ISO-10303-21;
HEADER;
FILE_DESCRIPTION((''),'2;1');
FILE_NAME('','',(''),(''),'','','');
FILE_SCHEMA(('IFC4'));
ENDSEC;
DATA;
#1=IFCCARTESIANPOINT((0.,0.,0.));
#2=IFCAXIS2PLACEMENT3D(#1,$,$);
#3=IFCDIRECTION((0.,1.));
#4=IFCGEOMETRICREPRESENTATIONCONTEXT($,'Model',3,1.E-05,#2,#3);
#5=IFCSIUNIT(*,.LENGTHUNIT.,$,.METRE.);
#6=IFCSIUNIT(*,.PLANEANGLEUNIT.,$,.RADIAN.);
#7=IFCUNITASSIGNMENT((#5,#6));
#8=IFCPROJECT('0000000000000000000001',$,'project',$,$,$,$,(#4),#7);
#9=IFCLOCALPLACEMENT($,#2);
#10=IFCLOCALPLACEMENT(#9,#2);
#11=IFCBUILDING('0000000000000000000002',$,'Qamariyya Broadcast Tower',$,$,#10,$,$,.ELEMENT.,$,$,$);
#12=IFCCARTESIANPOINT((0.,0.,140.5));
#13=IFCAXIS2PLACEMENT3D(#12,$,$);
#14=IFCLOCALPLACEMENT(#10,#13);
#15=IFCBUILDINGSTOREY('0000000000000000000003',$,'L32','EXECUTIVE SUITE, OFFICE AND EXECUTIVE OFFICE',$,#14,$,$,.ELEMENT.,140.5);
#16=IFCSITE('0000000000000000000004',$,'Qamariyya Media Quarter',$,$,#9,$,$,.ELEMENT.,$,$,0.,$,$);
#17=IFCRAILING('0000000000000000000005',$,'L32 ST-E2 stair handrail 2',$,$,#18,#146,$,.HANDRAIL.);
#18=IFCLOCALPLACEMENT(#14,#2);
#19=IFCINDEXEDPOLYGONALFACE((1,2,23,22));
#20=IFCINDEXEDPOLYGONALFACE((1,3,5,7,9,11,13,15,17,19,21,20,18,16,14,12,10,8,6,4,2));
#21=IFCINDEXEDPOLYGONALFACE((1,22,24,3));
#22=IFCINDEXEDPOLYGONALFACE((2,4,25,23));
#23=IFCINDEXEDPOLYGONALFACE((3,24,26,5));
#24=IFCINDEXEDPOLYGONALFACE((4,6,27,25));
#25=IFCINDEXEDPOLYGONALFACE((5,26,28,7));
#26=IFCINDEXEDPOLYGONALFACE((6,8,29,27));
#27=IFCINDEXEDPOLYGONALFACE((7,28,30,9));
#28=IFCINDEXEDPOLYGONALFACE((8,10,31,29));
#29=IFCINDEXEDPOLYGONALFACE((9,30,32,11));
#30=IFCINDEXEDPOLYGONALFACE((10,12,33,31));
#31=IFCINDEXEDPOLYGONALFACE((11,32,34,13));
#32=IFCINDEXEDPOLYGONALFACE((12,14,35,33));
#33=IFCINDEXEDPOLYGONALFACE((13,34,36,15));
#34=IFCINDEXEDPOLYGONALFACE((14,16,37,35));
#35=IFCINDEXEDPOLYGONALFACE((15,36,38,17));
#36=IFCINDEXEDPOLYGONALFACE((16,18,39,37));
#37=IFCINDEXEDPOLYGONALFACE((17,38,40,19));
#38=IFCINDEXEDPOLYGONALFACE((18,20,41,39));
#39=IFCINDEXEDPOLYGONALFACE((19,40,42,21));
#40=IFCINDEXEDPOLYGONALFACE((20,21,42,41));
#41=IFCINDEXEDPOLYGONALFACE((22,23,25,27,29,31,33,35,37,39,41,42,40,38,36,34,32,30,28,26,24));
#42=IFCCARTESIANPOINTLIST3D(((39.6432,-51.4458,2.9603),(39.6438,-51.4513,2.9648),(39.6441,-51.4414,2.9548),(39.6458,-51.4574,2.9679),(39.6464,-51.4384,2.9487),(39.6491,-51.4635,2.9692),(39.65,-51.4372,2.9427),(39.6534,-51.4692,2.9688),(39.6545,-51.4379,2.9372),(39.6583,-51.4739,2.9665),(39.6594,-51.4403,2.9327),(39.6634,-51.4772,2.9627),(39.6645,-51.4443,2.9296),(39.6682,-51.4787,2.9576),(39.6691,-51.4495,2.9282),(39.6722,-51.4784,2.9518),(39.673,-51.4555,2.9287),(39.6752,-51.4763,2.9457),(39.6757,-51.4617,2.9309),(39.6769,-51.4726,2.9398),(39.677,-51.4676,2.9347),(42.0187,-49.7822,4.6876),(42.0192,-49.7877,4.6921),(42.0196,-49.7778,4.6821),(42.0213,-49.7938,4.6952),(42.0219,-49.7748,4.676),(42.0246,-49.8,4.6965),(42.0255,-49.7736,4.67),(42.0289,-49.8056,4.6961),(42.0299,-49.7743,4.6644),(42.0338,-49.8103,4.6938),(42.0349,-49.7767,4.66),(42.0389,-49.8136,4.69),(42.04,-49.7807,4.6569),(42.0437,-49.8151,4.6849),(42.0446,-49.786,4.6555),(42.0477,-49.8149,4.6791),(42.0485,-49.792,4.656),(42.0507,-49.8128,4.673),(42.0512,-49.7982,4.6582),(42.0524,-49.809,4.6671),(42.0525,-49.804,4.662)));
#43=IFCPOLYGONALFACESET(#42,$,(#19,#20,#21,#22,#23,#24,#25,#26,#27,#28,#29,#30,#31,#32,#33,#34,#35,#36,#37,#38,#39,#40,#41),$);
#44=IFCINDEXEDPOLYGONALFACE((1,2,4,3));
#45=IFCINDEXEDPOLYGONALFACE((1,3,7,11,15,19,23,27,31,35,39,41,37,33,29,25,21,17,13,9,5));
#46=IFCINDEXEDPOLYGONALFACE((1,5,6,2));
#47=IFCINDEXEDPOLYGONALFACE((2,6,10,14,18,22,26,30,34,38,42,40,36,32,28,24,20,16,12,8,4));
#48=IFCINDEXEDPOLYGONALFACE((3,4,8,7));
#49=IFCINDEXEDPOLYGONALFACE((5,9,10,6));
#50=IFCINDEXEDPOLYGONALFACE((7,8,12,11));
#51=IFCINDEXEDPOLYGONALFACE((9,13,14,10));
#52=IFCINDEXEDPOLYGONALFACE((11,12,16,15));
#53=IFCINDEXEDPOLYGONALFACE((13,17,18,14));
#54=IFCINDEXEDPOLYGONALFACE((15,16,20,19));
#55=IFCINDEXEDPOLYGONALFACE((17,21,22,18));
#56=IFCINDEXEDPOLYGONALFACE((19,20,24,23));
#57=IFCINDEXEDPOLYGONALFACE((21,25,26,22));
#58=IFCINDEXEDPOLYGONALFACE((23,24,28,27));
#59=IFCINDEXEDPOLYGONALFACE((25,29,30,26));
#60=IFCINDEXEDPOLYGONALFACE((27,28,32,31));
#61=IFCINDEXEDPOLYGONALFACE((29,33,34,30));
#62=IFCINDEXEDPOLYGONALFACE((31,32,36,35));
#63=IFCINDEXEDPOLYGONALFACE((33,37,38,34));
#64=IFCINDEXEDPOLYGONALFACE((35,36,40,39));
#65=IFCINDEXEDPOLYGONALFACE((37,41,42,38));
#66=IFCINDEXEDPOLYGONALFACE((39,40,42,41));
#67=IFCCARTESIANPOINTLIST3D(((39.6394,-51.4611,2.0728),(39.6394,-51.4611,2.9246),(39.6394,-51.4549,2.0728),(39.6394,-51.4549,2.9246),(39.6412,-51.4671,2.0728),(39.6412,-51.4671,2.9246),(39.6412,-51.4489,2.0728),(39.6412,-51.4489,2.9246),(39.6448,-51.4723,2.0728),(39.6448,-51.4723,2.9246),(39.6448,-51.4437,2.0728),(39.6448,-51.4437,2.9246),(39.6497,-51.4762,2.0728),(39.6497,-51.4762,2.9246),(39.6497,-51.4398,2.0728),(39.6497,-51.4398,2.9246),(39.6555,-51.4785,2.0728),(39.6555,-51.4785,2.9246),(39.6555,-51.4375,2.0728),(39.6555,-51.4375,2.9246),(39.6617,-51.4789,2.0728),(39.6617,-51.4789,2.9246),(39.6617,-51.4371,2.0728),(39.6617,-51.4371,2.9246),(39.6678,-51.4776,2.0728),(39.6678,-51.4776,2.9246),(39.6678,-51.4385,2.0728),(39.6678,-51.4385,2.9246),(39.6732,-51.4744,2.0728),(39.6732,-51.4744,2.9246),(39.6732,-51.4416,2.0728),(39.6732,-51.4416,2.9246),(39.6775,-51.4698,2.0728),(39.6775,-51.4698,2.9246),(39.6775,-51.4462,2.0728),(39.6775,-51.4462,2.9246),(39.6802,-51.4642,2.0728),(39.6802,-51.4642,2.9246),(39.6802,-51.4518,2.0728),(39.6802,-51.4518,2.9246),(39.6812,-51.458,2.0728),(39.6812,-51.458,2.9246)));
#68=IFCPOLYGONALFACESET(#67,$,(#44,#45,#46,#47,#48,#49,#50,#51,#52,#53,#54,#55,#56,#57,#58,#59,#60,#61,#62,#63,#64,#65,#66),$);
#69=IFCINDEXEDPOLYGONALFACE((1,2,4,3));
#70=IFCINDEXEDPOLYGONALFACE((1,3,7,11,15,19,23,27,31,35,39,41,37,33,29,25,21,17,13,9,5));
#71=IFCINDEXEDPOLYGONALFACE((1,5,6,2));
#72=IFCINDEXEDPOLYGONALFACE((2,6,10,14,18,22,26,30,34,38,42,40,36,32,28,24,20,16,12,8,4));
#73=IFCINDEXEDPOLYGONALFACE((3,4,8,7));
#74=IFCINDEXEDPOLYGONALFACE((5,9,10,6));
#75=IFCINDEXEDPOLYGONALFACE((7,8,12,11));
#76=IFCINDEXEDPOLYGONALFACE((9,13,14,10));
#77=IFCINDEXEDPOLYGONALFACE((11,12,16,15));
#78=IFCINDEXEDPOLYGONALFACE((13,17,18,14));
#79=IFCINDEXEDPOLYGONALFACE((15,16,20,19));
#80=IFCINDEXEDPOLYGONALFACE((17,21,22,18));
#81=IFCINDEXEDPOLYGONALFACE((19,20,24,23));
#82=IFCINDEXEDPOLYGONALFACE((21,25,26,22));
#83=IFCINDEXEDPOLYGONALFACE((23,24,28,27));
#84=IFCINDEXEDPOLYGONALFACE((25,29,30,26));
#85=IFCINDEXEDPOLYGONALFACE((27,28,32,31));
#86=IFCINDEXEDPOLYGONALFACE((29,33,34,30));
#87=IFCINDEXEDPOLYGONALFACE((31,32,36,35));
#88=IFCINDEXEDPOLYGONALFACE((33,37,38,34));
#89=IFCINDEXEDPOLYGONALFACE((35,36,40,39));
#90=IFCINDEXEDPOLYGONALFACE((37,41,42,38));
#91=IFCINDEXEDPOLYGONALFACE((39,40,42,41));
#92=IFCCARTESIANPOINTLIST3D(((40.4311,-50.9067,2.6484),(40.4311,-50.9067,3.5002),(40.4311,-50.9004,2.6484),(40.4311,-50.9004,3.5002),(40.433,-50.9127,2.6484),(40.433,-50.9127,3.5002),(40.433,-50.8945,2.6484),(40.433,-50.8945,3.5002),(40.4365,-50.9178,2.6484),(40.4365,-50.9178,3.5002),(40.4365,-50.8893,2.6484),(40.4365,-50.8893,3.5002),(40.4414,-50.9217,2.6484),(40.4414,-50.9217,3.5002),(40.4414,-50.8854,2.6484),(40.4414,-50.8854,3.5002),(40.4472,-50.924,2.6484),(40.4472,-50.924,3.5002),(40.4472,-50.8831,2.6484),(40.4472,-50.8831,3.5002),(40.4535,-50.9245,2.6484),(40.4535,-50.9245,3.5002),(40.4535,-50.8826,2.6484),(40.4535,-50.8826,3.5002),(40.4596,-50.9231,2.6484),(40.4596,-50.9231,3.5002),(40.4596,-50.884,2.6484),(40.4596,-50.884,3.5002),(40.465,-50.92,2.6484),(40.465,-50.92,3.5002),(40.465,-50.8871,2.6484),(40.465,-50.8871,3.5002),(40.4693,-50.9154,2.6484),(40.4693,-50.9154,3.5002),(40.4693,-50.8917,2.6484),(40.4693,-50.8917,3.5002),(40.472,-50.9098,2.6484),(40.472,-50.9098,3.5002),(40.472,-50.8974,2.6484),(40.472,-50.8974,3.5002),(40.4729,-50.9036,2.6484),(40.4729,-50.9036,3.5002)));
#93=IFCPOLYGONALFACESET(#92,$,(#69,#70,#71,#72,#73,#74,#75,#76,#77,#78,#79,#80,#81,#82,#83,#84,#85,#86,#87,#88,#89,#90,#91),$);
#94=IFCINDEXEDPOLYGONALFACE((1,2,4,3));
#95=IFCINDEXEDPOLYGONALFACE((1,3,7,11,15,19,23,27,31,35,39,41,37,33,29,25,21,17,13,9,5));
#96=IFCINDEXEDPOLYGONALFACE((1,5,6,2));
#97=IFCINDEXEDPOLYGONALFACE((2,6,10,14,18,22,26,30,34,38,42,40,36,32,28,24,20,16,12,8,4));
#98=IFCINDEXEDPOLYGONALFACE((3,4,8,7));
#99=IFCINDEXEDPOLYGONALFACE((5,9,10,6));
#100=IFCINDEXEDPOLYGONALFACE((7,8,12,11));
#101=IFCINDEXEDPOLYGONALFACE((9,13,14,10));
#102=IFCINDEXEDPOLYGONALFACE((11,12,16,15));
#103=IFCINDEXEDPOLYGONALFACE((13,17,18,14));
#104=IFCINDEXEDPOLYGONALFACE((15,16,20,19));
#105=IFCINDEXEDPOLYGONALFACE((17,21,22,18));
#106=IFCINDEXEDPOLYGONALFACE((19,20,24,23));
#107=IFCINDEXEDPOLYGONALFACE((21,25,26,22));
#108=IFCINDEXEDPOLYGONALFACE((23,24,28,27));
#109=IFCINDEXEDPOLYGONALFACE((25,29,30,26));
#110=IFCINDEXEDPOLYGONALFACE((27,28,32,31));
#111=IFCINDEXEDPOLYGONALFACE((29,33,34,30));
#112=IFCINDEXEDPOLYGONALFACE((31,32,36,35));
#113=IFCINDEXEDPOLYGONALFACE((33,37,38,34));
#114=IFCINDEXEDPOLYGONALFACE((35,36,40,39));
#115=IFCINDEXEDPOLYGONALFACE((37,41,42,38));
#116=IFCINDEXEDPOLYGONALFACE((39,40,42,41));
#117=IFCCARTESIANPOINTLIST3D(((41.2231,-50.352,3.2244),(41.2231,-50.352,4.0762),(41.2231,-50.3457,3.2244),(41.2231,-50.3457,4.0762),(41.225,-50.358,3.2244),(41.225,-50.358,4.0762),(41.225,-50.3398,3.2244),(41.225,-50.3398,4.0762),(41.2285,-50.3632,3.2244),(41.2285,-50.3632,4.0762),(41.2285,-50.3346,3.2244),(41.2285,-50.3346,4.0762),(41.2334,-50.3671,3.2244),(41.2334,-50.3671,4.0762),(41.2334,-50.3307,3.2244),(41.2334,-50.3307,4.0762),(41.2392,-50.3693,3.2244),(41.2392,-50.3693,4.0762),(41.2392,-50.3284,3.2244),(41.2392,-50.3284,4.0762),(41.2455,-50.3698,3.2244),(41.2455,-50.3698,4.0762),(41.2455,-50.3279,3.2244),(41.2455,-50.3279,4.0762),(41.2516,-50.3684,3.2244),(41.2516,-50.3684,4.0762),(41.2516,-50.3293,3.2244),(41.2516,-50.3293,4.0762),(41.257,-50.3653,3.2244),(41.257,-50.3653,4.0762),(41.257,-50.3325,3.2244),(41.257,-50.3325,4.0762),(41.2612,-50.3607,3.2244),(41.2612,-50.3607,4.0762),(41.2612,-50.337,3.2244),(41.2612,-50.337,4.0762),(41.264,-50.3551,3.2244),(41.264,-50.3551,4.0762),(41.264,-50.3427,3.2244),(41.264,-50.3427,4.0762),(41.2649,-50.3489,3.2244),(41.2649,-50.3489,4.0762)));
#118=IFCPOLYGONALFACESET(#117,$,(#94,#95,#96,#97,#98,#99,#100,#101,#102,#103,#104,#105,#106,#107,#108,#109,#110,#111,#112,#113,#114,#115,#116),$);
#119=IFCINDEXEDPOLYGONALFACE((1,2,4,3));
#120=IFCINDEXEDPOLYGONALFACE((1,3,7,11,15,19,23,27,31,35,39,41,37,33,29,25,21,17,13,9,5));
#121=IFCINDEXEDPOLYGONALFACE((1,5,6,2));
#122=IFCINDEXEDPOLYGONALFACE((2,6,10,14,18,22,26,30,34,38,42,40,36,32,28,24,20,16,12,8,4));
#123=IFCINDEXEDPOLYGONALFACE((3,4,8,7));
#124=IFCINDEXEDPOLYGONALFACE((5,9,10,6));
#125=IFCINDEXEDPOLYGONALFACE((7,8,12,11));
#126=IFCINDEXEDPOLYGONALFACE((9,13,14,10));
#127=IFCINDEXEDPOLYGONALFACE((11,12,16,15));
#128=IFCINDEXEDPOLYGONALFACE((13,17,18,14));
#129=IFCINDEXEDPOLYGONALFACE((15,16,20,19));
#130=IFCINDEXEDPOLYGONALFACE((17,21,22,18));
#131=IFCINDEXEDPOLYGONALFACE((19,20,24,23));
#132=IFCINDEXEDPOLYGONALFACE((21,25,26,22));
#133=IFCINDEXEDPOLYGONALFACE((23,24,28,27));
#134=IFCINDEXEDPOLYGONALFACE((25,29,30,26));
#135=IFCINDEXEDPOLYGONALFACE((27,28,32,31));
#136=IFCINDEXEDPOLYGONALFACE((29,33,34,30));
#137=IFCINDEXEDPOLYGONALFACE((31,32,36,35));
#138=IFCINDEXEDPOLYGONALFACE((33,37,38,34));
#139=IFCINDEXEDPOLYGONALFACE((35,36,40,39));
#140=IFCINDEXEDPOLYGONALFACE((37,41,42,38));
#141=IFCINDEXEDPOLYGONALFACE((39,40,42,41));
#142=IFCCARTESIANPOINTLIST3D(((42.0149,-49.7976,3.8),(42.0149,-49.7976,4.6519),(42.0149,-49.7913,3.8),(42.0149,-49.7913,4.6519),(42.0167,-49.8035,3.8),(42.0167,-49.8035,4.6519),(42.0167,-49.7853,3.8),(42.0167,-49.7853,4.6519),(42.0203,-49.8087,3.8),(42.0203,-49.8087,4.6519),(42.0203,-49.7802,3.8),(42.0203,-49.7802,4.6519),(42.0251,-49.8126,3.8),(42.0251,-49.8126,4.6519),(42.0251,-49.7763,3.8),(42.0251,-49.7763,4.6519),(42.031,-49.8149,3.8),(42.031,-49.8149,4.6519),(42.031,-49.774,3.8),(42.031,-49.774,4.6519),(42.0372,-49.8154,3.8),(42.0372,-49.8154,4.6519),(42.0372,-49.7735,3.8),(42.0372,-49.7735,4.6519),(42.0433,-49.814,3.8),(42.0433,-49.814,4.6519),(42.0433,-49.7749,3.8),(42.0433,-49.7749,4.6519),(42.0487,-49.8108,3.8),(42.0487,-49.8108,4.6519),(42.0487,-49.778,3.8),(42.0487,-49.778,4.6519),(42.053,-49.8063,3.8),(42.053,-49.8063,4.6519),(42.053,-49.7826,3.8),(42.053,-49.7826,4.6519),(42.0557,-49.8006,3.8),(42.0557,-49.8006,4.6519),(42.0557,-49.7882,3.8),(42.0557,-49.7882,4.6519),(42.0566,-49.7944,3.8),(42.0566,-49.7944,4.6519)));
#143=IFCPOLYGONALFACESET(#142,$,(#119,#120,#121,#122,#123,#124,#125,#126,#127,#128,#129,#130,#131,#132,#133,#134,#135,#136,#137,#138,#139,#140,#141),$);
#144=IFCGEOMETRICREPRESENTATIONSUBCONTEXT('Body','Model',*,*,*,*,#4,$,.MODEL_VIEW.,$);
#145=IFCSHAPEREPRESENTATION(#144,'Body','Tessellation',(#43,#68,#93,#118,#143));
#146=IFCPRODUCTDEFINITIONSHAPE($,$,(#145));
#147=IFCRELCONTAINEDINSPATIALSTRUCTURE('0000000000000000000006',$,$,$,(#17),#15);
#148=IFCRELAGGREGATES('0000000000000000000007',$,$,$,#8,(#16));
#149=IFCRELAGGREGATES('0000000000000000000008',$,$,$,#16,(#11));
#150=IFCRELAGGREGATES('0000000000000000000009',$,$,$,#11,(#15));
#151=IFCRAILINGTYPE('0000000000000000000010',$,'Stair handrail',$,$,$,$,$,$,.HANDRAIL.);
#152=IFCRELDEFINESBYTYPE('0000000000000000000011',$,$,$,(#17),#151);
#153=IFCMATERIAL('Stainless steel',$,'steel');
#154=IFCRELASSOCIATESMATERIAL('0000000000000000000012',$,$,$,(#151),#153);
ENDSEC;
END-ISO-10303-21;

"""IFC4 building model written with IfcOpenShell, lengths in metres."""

from ifc_helpers import new_model, si_unit, direction, frame, origin, origin_2d, place, context, subcontext, project, spatial, circle, extrude, material, type_object, element, save


model = new_model("IFC4")

# Units and contexts
model_context = context("Model", 3, precision=1e-05, world=origin(), true_north=direction((0.0, 1.0)))
body_context = subcontext(model_context, "Body", "Model", "MODEL_VIEW")
ifc_project = project(units=[si_unit("LENGTHUNIT", "METRE"), si_unit("PLANEANGLEUNIT", "RADIAN")], contexts=[model_context])

# Site, building, storey
site_placement = place(None, origin())
site = spatial("IfcSite", under=ifc_project, at=site_placement, Name="Qamariyya Media Quarter", CompositionType="ELEMENT", RefElevation=0.0)
building_placement = place(site_placement, origin())
building = spatial("IfcBuilding", under=site, at=building_placement, Name="Qamariyya Broadcast Tower", CompositionType="ELEMENT")
storey_placement = place(building_placement, frame((0.0, 0.0, 140.5)))
storey = spatial("IfcBuildingStorey", under=building, at=storey_placement, Name="L32", Description="EXECUTIVE SUITE, OFFICE AND EXECUTIVE OFFICE", CompositionType="ELEMENT", Elevation=140.5)

# Railing
ifc_material_1 = material(Name="Stainless steel", Category="steel")
railing_type_1 = type_object("IfcRailingType", Name="Stair handrail", PredefinedType="HANDRAIL", material=ifc_material_1)
railing_1_placement = place(storey_placement, frame((39.6602, -51.458, 2.0728)))
element("IfcRailing", 1, at=railing_1_placement, inside=storey, type_object=railing_type_1, Name="L32 ST-E2 stair handrail 2", PredefinedType="HANDRAIL", context=body_context, shape_type="SweptSolid", body=[
    extrude(circle(Radius=0.0239, at=origin_2d()), frame((0.0, 0.0, 0.876), z_axis=(0.703745, 0.492838, 0.511716), x_axis=(-0.573632, 0.819113, 0.0)), (0.0, 0.0, 1.0), 3.3755),
    extrude(circle(Radius=0.021, at=origin_2d()), origin(), (0.0, 0.0, 1.0), 0.8518),
    extrude(circle(Radius=0.021, at=origin_2d()), frame((0.7917, 0.5544, 0.5757)), (0.0, 0.0, 1.0), 0.8518),
    extrude(circle(Radius=0.021, at=origin_2d()), frame((1.5837, 1.1091, 1.1516)), (0.0, 0.0, 1.0), 0.8518),
    extrude(circle(Radius=0.021, at=origin_2d()), frame((2.3755, 1.6636, 1.7273)), (0.0, 0.0, 1.0), 0.8518),
])

save(model, "model.ifc")
